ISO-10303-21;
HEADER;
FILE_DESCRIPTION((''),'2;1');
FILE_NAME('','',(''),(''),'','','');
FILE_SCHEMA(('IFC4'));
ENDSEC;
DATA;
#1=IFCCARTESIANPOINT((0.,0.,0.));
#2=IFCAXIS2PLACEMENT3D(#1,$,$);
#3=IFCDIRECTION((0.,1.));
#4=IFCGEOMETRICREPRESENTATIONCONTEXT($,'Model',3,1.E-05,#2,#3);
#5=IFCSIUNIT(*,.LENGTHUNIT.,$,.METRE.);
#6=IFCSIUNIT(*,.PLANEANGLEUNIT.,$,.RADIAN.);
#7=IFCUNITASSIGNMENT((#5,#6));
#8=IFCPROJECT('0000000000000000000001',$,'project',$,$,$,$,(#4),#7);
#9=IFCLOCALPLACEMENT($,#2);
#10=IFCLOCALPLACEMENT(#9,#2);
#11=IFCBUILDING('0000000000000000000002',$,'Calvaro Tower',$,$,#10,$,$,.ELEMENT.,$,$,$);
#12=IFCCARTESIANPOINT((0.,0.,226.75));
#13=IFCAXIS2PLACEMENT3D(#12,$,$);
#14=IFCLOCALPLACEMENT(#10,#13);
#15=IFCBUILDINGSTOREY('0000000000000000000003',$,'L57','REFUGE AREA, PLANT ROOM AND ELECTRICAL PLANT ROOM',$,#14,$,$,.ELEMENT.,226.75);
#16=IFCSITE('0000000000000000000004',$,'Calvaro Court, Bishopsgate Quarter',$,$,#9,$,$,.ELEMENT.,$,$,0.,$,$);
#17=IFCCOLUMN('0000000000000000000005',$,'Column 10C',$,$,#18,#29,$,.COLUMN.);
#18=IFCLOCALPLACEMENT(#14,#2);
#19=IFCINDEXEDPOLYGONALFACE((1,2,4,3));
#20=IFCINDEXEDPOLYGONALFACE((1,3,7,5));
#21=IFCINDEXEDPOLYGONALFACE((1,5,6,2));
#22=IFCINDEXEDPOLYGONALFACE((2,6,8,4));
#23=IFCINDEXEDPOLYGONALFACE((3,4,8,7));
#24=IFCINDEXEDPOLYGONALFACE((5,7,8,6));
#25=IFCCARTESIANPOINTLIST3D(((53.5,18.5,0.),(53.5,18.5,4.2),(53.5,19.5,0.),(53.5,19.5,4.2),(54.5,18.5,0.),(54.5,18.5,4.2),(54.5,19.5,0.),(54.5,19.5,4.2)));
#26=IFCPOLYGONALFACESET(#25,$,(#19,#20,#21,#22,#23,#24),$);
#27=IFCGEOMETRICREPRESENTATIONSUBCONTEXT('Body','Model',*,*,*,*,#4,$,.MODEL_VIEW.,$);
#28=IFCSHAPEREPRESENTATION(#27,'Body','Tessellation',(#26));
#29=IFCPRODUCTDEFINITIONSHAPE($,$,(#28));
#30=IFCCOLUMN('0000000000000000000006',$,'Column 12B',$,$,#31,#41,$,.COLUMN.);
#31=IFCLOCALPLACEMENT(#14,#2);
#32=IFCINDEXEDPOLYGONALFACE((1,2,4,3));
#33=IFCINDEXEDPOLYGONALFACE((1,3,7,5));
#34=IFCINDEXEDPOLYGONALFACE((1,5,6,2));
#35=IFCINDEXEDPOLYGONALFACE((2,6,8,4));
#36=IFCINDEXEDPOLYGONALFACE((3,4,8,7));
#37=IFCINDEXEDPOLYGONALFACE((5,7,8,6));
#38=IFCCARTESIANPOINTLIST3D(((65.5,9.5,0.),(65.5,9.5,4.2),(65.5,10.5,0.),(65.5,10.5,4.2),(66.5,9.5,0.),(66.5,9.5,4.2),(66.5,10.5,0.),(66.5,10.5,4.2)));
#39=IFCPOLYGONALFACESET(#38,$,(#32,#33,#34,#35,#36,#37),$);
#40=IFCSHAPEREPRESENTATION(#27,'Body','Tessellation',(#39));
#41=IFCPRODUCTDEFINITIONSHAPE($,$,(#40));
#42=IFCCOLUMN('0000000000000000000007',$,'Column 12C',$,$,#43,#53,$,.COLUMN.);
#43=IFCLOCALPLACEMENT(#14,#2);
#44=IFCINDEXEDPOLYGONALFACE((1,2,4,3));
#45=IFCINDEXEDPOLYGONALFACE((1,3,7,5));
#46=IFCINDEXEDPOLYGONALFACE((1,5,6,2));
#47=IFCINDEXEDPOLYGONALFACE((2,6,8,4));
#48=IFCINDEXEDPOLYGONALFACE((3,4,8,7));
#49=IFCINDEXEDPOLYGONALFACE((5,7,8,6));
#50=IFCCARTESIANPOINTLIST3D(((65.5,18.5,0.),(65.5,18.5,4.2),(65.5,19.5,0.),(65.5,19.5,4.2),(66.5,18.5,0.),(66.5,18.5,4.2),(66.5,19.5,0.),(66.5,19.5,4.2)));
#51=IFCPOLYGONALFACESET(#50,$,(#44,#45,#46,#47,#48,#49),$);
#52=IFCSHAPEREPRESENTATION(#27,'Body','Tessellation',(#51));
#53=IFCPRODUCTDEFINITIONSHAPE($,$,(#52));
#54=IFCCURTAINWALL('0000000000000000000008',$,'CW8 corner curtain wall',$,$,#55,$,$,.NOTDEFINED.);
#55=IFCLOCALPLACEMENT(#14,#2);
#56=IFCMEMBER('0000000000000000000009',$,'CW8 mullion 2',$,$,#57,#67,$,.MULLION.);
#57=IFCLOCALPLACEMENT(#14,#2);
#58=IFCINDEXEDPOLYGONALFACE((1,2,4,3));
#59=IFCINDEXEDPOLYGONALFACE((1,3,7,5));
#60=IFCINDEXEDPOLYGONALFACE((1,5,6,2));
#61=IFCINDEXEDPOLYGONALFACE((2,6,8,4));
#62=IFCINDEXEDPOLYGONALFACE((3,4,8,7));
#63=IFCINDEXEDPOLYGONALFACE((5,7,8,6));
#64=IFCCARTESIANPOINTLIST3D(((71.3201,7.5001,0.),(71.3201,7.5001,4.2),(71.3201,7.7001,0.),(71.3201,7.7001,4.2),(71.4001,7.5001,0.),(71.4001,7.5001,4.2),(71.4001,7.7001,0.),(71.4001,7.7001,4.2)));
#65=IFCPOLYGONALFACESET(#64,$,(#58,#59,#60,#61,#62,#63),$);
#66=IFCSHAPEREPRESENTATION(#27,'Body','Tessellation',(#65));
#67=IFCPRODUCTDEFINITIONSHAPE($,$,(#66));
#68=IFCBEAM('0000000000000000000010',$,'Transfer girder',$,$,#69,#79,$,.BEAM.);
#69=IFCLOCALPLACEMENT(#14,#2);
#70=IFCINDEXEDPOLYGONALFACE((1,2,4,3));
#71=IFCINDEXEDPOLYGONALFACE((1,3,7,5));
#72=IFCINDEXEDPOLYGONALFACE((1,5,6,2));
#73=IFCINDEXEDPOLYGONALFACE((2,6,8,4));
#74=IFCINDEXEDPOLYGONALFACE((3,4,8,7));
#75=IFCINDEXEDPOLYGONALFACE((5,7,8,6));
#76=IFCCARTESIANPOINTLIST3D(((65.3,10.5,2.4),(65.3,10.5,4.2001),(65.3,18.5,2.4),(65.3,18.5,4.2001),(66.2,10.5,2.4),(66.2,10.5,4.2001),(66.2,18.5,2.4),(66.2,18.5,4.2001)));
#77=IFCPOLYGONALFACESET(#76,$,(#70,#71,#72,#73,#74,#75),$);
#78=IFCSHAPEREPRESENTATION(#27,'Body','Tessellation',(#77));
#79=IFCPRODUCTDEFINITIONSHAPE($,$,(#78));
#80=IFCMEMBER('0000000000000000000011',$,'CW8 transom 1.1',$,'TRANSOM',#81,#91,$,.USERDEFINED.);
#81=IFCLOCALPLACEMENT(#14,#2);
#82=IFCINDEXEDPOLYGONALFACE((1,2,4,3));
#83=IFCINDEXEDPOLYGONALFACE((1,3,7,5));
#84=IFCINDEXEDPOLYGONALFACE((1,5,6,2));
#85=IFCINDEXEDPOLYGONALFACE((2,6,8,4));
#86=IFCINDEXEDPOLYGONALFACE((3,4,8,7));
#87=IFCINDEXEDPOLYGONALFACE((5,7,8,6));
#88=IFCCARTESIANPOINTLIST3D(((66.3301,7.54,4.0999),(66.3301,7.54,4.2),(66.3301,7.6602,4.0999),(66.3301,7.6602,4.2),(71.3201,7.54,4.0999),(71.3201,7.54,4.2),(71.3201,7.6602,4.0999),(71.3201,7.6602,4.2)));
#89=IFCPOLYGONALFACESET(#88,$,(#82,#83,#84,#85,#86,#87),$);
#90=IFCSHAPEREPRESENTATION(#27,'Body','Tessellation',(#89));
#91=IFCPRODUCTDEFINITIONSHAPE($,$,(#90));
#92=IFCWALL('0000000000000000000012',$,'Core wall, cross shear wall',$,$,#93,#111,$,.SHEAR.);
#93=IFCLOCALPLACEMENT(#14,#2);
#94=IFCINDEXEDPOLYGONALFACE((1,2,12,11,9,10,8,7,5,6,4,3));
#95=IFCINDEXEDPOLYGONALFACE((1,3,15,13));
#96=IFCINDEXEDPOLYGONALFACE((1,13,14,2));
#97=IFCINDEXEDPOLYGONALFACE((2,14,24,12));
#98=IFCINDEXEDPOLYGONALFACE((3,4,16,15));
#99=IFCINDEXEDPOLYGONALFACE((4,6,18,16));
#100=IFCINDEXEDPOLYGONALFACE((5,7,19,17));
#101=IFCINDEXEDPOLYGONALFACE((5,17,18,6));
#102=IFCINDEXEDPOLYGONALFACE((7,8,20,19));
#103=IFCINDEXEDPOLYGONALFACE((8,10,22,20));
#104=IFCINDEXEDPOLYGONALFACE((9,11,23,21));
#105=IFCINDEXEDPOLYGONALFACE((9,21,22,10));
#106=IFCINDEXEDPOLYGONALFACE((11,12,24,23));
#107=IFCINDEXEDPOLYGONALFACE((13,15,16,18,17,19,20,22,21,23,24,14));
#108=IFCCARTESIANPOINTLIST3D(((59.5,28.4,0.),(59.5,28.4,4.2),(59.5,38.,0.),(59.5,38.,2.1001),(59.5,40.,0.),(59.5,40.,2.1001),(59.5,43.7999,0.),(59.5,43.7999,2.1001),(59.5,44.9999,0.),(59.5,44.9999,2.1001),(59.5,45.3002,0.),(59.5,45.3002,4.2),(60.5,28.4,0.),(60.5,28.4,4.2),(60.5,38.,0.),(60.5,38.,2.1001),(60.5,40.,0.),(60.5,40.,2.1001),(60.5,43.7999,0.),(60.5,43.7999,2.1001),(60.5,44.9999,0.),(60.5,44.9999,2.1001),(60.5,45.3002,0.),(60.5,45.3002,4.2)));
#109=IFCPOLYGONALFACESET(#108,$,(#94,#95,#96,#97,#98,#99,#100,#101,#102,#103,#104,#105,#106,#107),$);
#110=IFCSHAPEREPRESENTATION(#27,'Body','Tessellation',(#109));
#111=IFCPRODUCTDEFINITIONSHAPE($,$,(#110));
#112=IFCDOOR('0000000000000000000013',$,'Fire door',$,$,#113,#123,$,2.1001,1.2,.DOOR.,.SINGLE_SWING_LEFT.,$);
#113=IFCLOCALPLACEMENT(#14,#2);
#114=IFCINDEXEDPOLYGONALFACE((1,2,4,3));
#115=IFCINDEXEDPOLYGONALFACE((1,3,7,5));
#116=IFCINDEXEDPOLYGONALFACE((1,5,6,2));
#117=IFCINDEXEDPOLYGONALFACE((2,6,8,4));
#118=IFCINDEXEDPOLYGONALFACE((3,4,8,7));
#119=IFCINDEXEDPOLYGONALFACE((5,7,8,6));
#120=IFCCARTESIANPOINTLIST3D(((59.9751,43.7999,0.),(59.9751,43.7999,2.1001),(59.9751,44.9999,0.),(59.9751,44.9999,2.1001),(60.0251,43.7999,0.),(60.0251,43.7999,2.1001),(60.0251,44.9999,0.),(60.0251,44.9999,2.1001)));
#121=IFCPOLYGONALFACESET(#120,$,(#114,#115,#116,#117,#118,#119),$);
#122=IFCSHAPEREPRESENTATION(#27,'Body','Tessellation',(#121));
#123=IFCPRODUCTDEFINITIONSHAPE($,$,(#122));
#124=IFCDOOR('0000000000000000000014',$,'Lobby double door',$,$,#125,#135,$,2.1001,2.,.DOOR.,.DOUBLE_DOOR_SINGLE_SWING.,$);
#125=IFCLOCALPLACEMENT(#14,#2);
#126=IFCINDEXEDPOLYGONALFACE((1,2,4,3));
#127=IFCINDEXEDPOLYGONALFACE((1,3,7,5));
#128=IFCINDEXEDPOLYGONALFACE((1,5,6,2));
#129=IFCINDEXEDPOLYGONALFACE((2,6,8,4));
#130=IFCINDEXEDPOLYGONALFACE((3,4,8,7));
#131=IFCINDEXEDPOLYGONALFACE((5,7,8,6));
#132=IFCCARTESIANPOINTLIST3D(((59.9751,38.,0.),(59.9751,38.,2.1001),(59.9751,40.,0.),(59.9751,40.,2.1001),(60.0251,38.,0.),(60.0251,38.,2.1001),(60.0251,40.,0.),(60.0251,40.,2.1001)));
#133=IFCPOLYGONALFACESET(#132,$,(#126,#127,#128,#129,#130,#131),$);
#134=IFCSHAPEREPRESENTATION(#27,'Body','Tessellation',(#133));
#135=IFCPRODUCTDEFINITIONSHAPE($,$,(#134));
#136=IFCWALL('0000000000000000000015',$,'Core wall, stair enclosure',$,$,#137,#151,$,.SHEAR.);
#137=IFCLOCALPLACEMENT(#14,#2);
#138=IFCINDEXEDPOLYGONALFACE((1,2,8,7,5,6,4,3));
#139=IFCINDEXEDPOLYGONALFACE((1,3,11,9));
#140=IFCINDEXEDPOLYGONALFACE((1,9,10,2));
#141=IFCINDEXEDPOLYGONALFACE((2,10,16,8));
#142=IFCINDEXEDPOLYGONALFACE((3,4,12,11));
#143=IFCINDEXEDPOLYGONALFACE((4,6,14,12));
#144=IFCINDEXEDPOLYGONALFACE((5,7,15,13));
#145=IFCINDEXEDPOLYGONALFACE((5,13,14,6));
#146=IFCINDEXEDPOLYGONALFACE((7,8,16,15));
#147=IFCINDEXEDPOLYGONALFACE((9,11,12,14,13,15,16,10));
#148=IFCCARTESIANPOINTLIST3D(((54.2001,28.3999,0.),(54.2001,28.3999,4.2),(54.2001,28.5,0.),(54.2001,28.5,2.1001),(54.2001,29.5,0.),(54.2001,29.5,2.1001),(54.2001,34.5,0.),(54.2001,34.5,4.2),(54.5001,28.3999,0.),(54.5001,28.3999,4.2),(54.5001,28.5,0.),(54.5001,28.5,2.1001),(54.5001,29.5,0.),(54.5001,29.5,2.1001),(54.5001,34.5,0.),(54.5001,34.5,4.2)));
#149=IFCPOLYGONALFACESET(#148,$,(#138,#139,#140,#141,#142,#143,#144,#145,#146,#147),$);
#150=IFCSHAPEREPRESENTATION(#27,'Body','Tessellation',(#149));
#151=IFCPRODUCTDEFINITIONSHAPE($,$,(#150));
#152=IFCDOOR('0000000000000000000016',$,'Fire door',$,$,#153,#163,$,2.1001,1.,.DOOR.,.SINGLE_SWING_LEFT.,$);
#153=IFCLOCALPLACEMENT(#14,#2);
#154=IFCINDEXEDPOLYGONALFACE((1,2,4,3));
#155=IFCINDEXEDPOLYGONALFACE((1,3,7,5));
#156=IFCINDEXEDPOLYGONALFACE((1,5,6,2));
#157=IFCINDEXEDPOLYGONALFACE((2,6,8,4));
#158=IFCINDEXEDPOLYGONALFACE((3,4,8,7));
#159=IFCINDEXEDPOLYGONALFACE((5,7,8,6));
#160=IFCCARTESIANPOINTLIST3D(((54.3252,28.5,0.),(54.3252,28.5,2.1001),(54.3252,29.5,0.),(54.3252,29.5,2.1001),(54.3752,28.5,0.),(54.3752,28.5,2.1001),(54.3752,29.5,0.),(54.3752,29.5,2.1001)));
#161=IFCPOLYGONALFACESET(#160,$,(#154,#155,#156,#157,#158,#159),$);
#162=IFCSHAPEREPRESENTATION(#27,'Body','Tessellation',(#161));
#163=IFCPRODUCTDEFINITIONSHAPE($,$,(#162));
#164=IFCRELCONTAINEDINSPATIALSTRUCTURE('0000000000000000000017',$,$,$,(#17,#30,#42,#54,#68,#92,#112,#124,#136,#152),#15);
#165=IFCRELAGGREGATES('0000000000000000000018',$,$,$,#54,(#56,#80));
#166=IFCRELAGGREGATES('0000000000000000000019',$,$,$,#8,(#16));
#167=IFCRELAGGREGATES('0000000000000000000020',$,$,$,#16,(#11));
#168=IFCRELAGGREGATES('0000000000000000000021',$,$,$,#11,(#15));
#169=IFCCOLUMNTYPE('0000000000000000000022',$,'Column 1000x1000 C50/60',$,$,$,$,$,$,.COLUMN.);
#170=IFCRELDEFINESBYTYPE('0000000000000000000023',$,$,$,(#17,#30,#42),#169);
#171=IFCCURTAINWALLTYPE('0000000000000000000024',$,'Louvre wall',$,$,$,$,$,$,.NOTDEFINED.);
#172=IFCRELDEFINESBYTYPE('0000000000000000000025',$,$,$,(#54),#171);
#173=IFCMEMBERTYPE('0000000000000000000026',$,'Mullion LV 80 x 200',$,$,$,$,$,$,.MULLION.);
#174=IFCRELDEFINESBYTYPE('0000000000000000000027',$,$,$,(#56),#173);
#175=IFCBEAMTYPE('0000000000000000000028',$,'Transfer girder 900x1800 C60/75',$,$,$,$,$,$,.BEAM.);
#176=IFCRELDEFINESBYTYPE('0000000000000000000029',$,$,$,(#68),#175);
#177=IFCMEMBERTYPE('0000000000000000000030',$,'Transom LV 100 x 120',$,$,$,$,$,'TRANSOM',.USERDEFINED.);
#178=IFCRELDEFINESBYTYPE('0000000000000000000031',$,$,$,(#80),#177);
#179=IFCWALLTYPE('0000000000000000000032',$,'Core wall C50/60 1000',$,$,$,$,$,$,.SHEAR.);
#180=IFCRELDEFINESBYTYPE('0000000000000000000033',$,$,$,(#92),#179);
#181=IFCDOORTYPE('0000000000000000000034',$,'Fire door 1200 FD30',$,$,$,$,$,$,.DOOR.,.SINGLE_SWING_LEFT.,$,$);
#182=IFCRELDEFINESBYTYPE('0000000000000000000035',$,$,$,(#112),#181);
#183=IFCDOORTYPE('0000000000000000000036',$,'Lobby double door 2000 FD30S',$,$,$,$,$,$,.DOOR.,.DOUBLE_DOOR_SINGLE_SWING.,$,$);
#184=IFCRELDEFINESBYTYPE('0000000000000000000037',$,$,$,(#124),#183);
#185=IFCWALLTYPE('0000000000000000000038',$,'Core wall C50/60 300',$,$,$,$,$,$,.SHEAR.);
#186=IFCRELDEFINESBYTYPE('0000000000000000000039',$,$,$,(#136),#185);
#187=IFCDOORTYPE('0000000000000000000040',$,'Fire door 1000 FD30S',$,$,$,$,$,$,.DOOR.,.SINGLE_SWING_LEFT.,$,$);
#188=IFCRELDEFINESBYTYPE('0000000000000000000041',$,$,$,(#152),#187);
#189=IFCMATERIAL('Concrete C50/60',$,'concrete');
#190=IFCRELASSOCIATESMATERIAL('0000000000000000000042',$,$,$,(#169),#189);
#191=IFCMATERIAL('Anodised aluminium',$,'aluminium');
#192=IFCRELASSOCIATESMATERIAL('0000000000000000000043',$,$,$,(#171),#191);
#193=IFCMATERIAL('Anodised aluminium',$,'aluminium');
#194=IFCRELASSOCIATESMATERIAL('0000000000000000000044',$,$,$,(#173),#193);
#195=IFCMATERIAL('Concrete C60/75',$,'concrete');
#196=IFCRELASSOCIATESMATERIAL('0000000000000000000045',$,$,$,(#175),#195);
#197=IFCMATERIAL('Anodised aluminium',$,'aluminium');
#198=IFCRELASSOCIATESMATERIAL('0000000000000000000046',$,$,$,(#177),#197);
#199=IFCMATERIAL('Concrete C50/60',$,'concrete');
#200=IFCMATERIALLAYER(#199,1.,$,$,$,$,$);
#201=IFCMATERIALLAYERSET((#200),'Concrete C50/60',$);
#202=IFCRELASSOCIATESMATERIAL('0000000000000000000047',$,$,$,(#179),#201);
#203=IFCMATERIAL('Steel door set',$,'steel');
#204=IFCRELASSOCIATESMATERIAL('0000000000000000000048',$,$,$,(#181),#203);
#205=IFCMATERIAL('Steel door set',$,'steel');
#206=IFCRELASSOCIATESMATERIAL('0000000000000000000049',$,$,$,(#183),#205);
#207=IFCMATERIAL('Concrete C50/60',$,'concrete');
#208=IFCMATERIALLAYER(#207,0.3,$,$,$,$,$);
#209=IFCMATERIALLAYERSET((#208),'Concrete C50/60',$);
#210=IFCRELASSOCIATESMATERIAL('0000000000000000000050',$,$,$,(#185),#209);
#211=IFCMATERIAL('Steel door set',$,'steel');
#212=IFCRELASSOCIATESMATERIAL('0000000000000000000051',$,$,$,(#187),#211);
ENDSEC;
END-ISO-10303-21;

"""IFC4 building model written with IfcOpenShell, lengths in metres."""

from ifc_helpers import new_model, si_unit, direction, frame, frame_2d, origin, origin_2d, place, context, subcontext, project, spatial, rectangle, extrude, material, layer, layer_set, material_profile, profile_set, type_object, element, fill, aggregate, save


model = new_model("IFC4")

# Units and contexts
model_context = context("Model", 3, precision=1e-05, world=origin(), true_north=direction((0.0, 1.0)))
body_context = subcontext(model_context, "Body", "Model", "MODEL_VIEW")
ifc_project = project(units=[si_unit("LENGTHUNIT", "METRE"), si_unit("PLANEANGLEUNIT", "RADIAN")], contexts=[model_context])

# Site, building, storey
site_placement = place(None, origin())
site = spatial("IfcSite", under=ifc_project, at=site_placement, Name="Calvaro Court, Bishopsgate Quarter", CompositionType="ELEMENT", RefElevation=0.0)
building_placement = place(site_placement, origin())
building = spatial("IfcBuilding", under=site, at=building_placement, Name="Calvaro Tower", CompositionType="ELEMENT")
storey_placement = place(building_placement, frame((0.0, 0.0, 226.75)))
storey = spatial("IfcBuildingStorey", under=building, at=storey_placement, Name="L57", Description="REFUGE AREA, PLANT ROOM AND ELECTRICAL PLANT ROOM", CompositionType="ELEMENT", Elevation=226.75)

# Columns
ifc_material_1 = material(Name="Concrete C50/60", Category="concrete")
ifc_material_profile_1 = material_profile(ifc_material_1, rectangle(XDim=1.0, YDim=1.0, at=origin_2d()), Name="RC 1000x1000")
ifc_profile_set_1 = profile_set([ifc_material_profile_1], Name="Concrete C50/60")
column_type = type_object("IfcColumnType", Name="Column 1000x1000 C50/60", PredefinedType="COLUMN", material=ifc_profile_set_1)
for number, where, z_axis, x_axis, name in (
    (1, (54.0, 19.0, 0.0), (0.0, 0.0, 1.0), (1.0, 0.0, 0.0), "Column 10C"),
    (2, (66.0, 10.0, 0.0), (0.0, 0.0, 1.0), (1.0, 0.0, 0.0), "Column 12B"),
    (3, (66.0, 19.0, 0.0), (0.0, 0.0, 1.0), (1.0, 0.0, 0.0), "Column 12C"),
):
    element("IfcColumn", number, at=place(storey_placement, frame(where, z_axis=z_axis, x_axis=x_axis)), inside=storey, type_object=column_type, Name=name, PredefinedType="COLUMN", context=body_context, shape_type="SweptSolid", body=[
        extrude(rectangle(XDim=1.0, YDim=1.0, at=origin_2d()), origin(), (0.0, 0.0, 1.0), 4.2),
    ])

# Curtain wall, member
ifc_material_2 = material(Name="Anodised aluminium", Category="aluminium")
curtain_wall_type = type_object("IfcCurtainWallType", Name="Louvre wall", PredefinedType="NOTDEFINED", material=ifc_material_2)
curtain_wall_placement = place(storey_placement, origin())
curtain_wall = element("IfcCurtainWall", 4, at=curtain_wall_placement, inside=storey, type_object=curtain_wall_type, Name="CW8 corner curtain wall", PredefinedType="NOTDEFINED")
ifc_material_3 = material(Name="Anodised aluminium", Category="aluminium")
ifc_material_profile_2 = material_profile(ifc_material_3, rectangle(XDim=0.2, YDim=0.0801, at=origin_2d()), Name="Mullion LV 80 x 200")
ifc_profile_set_2 = profile_set([ifc_material_profile_2], Name="Anodised aluminium")
member_type_1 = type_object("IfcMemberType", Name="Mullion LV 80 x 200", PredefinedType="MULLION", material=ifc_profile_set_2)
member_1_placement = place(storey_placement, frame((71.3601, 7.6001, 0.0), z_axis=(0.0, 0.0, 1.0), x_axis=(0.0, 1.0, 0.0)))
member_1 = element("IfcMember", 5, at=member_1_placement, type_object=member_type_1, Name="CW8 mullion 2", PredefinedType="MULLION", context=body_context, shape_type="SweptSolid", body=[
    extrude(rectangle(XDim=0.2, YDim=0.0801, at=origin_2d()), origin(), (0.0, 0.0, 1.0), 4.2),
])

# Beam
ifc_material_4 = material(Name="Concrete C60/75", Category="concrete")
ifc_material_profile_3 = material_profile(ifc_material_4, rectangle(XDim=0.8999, YDim=1.8, at=origin_2d()), Name="RC 900x1800")
ifc_profile_set_3 = profile_set([ifc_material_profile_3], Name="Concrete C60/75")
beam_type = type_object("IfcBeamType", Name="Transfer girder 900x1800 C60/75", PredefinedType="BEAM", material=ifc_profile_set_3)
beam_placement = place(storey_placement, frame((65.75, 10.5, 3.3), z_axis=(0.0, 1.0, 0.0), x_axis=(-1.0, 0.0, 0.0)))
element("IfcBeam", 6, at=beam_placement, inside=storey, type_object=beam_type, Name="Transfer girder", PredefinedType="BEAM", context=body_context, shape_type="SweptSolid", body=[
    extrude(rectangle(XDim=0.8999, YDim=1.8, at=origin_2d()), origin(), (0.0, 0.0, 1.0), 8.0),
])

# Member
ifc_material_5 = material(Name="Anodised aluminium", Category="aluminium")
ifc_material_profile_4 = material_profile(ifc_material_5, rectangle(XDim=0.1201, YDim=0.1001, at=origin_2d()), Name="Transom LV 100 x 120")
ifc_profile_set_4 = profile_set([ifc_material_profile_4], Name="Anodised aluminium")
member_type_2 = type_object("IfcMemberType", Name="Transom LV 100 x 120", ElementType="TRANSOM", PredefinedType="USERDEFINED", material=ifc_profile_set_4)
member_2_placement = place(storey_placement, frame((66.3301, 7.6001, 4.1499), z_axis=(1.0, 0.0, 0.0), x_axis=(0.0, 1.0, 0.0)))
member_2 = element("IfcMember", 7, at=member_2_placement, type_object=member_type_2, Name="CW8 transom 1.1", ObjectType="TRANSOM", PredefinedType="USERDEFINED", context=body_context, shape_type="SweptSolid", body=[
    extrude(rectangle(XDim=0.1201, YDim=0.1001, at=origin_2d()), origin(), (0.0, 0.0, 1.0), 4.99),
])

# Wall, openings, doors
ifc_material_6 = material(Name="Concrete C50/60", Category="concrete")
ifc_layer_1 = layer(ifc_material_6, 1.0)
ifc_layer_set_1 = layer_set([ifc_layer_1], Name="Concrete C50/60")
wall_type_1 = type_object("IfcWallType", Name="Core wall C50/60 1000", PredefinedType="SHEAR", material=ifc_layer_set_1)
wall_1_placement = place(storey_placement, frame((60.0, 28.3999, 0.0), z_axis=(0.0, 0.0, 1.0), x_axis=(0.0, 1.0, 0.0)))
wall_1 = element("IfcWall", 8, at=wall_1_placement, inside=storey, type_object=wall_type_1, Name="Core wall, cross shear wall", PredefinedType="SHEAR", context=body_context, shape_type="SweptSolid", body=[
    extrude(rectangle(XDim=16.9001, YDim=1.0, at=frame_2d((8.4502, 0.0))), origin(), (0.0, 0.0, 1.0), 4.2),
])
opening_1_placement = place(wall_1_placement, frame((9.6001, 0.0, 0.0)))
opening_1 = element("IfcOpeningElement", 9, at=opening_1_placement, cuts=wall_1, PredefinedType="OPENING", context=body_context, shape_type="SweptSolid", body=[
    extrude(rectangle(XDim=2.0, YDim=2.1001, at=frame_2d((1.0, 1.05))), frame((0.0, 0.51, 0.0), z_axis=(0.0, -1.0, 0.0), x_axis=(1.0, 0.0, 0.0)), (0.0, 0.0, 1.0), 1.02),
])
opening_2_placement = place(wall_1_placement, frame((15.3999, 0.0, 0.0)))
opening_2 = element("IfcOpeningElement", 10, at=opening_2_placement, cuts=wall_1, PredefinedType="OPENING", context=body_context, shape_type="SweptSolid", body=[
    extrude(rectangle(XDim=1.2, YDim=2.1001, at=frame_2d((0.6001, 1.05))), frame((0.0, 0.51, 0.0), z_axis=(0.0, -1.0, 0.0), x_axis=(1.0, 0.0, 0.0)), (0.0, 0.0, 1.0), 1.02),
])
ifc_material_7 = material(Name="Steel door set", Category="steel")
door_type_1 = type_object("IfcDoorType", Name="Fire door 1200 FD30", OperationType="SINGLE_SWING_LEFT", PredefinedType="DOOR", material=ifc_material_7)
door_1_placement = place(opening_2_placement, origin())
door_1 = element("IfcDoor", 11, at=door_1_placement, inside=storey, type_object=door_type_1, Name="Fire door", OperationType="SINGLE_SWING_LEFT", OverallHeight=2.1001, OverallWidth=1.2, PredefinedType="DOOR", context=body_context, shape_type="SweptSolid", body=[
    extrude(rectangle(XDim=1.2, YDim=2.1001, at=frame_2d((0.6001, 1.05))), frame((0.0, 0.0249, 0.0), z_axis=(0.0, -1.0, 0.0), x_axis=(1.0, 0.0, 0.0)), (0.0, 0.0, 1.0), 0.05),
])
fill(opening_2, door_1)
ifc_material_8 = material(Name="Steel door set", Category="steel")
door_type_2 = type_object("IfcDoorType", Name="Lobby double door 2000 FD30S", OperationType="DOUBLE_DOOR_SINGLE_SWING", PredefinedType="DOOR", material=ifc_material_8)
door_2_placement = place(opening_1_placement, origin())
door_2 = element("IfcDoor", 12, at=door_2_placement, inside=storey, type_object=door_type_2, Name="Lobby double door", OperationType="DOUBLE_DOOR_SINGLE_SWING", OverallHeight=2.1001, OverallWidth=2.0, PredefinedType="DOOR", context=body_context, shape_type="SweptSolid", body=[
    extrude(rectangle(XDim=2.0, YDim=2.1001, at=frame_2d((1.0, 1.05))), frame((0.0, 0.0249, 0.0), z_axis=(0.0, -1.0, 0.0), x_axis=(1.0, 0.0, 0.0)), (0.0, 0.0, 1.0), 0.05),
])
fill(opening_1, door_2)

# Wall, opening, door
ifc_material_9 = material(Name="Concrete C50/60", Category="concrete")
ifc_layer_2 = layer(ifc_material_9, 0.3)
ifc_layer_set_2 = layer_set([ifc_layer_2], Name="Concrete C50/60")
wall_type_2 = type_object("IfcWallType", Name="Core wall C50/60 300", PredefinedType="SHEAR", material=ifc_layer_set_2)
wall_2_placement = place(storey_placement, frame((54.3501, 28.3999, 0.0), z_axis=(0.0, 0.0, 1.0), x_axis=(0.0, 1.0, 0.0)))
wall_2 = element("IfcWall", 13, at=wall_2_placement, inside=storey, type_object=wall_type_2, Name="Core wall, stair enclosure", PredefinedType="SHEAR", context=body_context, shape_type="SweptSolid", body=[
    extrude(rectangle(XDim=6.1001, YDim=0.3, at=frame_2d((3.05, 0.0))), origin(), (0.0, 0.0, 1.0), 4.2),
])
opening_3_placement = place(wall_2_placement, frame((0.1001, 0.0, 0.0)))
opening_3 = element("IfcOpeningElement", 14, at=opening_3_placement, cuts=wall_2, PredefinedType="OPENING", context=body_context, shape_type="SweptSolid", body=[
    extrude(rectangle(XDim=1.0, YDim=2.1001, at=frame_2d((0.5, 1.05))), frame((0.0, 0.1599, 0.0), z_axis=(0.0, -1.0, 0.0), x_axis=(1.0, 0.0, 0.0)), (0.0, 0.0, 1.0), 0.3201),
])
ifc_material_10 = material(Name="Steel door set", Category="steel")
door_type_3 = type_object("IfcDoorType", Name="Fire door 1000 FD30S", OperationType="SINGLE_SWING_LEFT", PredefinedType="DOOR", material=ifc_material_10)
door_3_placement = place(opening_3_placement, origin())
door_3 = element("IfcDoor", 15, at=door_3_placement, inside=storey, type_object=door_type_3, Name="Fire door", OperationType="SINGLE_SWING_LEFT", OverallHeight=2.1001, OverallWidth=1.0, PredefinedType="DOOR", context=body_context, shape_type="SweptSolid", body=[
    extrude(rectangle(XDim=1.0, YDim=2.1001, at=frame_2d((0.5, 1.05))), frame((0.0, 0.0249, 0.0), z_axis=(0.0, -1.0, 0.0), x_axis=(1.0, 0.0, 0.0)), (0.0, 0.0, 1.0), 0.05),
])
fill(opening_3, door_3)

aggregate(curtain_wall, [member_1, member_2])

save(model, "model.ifc")
